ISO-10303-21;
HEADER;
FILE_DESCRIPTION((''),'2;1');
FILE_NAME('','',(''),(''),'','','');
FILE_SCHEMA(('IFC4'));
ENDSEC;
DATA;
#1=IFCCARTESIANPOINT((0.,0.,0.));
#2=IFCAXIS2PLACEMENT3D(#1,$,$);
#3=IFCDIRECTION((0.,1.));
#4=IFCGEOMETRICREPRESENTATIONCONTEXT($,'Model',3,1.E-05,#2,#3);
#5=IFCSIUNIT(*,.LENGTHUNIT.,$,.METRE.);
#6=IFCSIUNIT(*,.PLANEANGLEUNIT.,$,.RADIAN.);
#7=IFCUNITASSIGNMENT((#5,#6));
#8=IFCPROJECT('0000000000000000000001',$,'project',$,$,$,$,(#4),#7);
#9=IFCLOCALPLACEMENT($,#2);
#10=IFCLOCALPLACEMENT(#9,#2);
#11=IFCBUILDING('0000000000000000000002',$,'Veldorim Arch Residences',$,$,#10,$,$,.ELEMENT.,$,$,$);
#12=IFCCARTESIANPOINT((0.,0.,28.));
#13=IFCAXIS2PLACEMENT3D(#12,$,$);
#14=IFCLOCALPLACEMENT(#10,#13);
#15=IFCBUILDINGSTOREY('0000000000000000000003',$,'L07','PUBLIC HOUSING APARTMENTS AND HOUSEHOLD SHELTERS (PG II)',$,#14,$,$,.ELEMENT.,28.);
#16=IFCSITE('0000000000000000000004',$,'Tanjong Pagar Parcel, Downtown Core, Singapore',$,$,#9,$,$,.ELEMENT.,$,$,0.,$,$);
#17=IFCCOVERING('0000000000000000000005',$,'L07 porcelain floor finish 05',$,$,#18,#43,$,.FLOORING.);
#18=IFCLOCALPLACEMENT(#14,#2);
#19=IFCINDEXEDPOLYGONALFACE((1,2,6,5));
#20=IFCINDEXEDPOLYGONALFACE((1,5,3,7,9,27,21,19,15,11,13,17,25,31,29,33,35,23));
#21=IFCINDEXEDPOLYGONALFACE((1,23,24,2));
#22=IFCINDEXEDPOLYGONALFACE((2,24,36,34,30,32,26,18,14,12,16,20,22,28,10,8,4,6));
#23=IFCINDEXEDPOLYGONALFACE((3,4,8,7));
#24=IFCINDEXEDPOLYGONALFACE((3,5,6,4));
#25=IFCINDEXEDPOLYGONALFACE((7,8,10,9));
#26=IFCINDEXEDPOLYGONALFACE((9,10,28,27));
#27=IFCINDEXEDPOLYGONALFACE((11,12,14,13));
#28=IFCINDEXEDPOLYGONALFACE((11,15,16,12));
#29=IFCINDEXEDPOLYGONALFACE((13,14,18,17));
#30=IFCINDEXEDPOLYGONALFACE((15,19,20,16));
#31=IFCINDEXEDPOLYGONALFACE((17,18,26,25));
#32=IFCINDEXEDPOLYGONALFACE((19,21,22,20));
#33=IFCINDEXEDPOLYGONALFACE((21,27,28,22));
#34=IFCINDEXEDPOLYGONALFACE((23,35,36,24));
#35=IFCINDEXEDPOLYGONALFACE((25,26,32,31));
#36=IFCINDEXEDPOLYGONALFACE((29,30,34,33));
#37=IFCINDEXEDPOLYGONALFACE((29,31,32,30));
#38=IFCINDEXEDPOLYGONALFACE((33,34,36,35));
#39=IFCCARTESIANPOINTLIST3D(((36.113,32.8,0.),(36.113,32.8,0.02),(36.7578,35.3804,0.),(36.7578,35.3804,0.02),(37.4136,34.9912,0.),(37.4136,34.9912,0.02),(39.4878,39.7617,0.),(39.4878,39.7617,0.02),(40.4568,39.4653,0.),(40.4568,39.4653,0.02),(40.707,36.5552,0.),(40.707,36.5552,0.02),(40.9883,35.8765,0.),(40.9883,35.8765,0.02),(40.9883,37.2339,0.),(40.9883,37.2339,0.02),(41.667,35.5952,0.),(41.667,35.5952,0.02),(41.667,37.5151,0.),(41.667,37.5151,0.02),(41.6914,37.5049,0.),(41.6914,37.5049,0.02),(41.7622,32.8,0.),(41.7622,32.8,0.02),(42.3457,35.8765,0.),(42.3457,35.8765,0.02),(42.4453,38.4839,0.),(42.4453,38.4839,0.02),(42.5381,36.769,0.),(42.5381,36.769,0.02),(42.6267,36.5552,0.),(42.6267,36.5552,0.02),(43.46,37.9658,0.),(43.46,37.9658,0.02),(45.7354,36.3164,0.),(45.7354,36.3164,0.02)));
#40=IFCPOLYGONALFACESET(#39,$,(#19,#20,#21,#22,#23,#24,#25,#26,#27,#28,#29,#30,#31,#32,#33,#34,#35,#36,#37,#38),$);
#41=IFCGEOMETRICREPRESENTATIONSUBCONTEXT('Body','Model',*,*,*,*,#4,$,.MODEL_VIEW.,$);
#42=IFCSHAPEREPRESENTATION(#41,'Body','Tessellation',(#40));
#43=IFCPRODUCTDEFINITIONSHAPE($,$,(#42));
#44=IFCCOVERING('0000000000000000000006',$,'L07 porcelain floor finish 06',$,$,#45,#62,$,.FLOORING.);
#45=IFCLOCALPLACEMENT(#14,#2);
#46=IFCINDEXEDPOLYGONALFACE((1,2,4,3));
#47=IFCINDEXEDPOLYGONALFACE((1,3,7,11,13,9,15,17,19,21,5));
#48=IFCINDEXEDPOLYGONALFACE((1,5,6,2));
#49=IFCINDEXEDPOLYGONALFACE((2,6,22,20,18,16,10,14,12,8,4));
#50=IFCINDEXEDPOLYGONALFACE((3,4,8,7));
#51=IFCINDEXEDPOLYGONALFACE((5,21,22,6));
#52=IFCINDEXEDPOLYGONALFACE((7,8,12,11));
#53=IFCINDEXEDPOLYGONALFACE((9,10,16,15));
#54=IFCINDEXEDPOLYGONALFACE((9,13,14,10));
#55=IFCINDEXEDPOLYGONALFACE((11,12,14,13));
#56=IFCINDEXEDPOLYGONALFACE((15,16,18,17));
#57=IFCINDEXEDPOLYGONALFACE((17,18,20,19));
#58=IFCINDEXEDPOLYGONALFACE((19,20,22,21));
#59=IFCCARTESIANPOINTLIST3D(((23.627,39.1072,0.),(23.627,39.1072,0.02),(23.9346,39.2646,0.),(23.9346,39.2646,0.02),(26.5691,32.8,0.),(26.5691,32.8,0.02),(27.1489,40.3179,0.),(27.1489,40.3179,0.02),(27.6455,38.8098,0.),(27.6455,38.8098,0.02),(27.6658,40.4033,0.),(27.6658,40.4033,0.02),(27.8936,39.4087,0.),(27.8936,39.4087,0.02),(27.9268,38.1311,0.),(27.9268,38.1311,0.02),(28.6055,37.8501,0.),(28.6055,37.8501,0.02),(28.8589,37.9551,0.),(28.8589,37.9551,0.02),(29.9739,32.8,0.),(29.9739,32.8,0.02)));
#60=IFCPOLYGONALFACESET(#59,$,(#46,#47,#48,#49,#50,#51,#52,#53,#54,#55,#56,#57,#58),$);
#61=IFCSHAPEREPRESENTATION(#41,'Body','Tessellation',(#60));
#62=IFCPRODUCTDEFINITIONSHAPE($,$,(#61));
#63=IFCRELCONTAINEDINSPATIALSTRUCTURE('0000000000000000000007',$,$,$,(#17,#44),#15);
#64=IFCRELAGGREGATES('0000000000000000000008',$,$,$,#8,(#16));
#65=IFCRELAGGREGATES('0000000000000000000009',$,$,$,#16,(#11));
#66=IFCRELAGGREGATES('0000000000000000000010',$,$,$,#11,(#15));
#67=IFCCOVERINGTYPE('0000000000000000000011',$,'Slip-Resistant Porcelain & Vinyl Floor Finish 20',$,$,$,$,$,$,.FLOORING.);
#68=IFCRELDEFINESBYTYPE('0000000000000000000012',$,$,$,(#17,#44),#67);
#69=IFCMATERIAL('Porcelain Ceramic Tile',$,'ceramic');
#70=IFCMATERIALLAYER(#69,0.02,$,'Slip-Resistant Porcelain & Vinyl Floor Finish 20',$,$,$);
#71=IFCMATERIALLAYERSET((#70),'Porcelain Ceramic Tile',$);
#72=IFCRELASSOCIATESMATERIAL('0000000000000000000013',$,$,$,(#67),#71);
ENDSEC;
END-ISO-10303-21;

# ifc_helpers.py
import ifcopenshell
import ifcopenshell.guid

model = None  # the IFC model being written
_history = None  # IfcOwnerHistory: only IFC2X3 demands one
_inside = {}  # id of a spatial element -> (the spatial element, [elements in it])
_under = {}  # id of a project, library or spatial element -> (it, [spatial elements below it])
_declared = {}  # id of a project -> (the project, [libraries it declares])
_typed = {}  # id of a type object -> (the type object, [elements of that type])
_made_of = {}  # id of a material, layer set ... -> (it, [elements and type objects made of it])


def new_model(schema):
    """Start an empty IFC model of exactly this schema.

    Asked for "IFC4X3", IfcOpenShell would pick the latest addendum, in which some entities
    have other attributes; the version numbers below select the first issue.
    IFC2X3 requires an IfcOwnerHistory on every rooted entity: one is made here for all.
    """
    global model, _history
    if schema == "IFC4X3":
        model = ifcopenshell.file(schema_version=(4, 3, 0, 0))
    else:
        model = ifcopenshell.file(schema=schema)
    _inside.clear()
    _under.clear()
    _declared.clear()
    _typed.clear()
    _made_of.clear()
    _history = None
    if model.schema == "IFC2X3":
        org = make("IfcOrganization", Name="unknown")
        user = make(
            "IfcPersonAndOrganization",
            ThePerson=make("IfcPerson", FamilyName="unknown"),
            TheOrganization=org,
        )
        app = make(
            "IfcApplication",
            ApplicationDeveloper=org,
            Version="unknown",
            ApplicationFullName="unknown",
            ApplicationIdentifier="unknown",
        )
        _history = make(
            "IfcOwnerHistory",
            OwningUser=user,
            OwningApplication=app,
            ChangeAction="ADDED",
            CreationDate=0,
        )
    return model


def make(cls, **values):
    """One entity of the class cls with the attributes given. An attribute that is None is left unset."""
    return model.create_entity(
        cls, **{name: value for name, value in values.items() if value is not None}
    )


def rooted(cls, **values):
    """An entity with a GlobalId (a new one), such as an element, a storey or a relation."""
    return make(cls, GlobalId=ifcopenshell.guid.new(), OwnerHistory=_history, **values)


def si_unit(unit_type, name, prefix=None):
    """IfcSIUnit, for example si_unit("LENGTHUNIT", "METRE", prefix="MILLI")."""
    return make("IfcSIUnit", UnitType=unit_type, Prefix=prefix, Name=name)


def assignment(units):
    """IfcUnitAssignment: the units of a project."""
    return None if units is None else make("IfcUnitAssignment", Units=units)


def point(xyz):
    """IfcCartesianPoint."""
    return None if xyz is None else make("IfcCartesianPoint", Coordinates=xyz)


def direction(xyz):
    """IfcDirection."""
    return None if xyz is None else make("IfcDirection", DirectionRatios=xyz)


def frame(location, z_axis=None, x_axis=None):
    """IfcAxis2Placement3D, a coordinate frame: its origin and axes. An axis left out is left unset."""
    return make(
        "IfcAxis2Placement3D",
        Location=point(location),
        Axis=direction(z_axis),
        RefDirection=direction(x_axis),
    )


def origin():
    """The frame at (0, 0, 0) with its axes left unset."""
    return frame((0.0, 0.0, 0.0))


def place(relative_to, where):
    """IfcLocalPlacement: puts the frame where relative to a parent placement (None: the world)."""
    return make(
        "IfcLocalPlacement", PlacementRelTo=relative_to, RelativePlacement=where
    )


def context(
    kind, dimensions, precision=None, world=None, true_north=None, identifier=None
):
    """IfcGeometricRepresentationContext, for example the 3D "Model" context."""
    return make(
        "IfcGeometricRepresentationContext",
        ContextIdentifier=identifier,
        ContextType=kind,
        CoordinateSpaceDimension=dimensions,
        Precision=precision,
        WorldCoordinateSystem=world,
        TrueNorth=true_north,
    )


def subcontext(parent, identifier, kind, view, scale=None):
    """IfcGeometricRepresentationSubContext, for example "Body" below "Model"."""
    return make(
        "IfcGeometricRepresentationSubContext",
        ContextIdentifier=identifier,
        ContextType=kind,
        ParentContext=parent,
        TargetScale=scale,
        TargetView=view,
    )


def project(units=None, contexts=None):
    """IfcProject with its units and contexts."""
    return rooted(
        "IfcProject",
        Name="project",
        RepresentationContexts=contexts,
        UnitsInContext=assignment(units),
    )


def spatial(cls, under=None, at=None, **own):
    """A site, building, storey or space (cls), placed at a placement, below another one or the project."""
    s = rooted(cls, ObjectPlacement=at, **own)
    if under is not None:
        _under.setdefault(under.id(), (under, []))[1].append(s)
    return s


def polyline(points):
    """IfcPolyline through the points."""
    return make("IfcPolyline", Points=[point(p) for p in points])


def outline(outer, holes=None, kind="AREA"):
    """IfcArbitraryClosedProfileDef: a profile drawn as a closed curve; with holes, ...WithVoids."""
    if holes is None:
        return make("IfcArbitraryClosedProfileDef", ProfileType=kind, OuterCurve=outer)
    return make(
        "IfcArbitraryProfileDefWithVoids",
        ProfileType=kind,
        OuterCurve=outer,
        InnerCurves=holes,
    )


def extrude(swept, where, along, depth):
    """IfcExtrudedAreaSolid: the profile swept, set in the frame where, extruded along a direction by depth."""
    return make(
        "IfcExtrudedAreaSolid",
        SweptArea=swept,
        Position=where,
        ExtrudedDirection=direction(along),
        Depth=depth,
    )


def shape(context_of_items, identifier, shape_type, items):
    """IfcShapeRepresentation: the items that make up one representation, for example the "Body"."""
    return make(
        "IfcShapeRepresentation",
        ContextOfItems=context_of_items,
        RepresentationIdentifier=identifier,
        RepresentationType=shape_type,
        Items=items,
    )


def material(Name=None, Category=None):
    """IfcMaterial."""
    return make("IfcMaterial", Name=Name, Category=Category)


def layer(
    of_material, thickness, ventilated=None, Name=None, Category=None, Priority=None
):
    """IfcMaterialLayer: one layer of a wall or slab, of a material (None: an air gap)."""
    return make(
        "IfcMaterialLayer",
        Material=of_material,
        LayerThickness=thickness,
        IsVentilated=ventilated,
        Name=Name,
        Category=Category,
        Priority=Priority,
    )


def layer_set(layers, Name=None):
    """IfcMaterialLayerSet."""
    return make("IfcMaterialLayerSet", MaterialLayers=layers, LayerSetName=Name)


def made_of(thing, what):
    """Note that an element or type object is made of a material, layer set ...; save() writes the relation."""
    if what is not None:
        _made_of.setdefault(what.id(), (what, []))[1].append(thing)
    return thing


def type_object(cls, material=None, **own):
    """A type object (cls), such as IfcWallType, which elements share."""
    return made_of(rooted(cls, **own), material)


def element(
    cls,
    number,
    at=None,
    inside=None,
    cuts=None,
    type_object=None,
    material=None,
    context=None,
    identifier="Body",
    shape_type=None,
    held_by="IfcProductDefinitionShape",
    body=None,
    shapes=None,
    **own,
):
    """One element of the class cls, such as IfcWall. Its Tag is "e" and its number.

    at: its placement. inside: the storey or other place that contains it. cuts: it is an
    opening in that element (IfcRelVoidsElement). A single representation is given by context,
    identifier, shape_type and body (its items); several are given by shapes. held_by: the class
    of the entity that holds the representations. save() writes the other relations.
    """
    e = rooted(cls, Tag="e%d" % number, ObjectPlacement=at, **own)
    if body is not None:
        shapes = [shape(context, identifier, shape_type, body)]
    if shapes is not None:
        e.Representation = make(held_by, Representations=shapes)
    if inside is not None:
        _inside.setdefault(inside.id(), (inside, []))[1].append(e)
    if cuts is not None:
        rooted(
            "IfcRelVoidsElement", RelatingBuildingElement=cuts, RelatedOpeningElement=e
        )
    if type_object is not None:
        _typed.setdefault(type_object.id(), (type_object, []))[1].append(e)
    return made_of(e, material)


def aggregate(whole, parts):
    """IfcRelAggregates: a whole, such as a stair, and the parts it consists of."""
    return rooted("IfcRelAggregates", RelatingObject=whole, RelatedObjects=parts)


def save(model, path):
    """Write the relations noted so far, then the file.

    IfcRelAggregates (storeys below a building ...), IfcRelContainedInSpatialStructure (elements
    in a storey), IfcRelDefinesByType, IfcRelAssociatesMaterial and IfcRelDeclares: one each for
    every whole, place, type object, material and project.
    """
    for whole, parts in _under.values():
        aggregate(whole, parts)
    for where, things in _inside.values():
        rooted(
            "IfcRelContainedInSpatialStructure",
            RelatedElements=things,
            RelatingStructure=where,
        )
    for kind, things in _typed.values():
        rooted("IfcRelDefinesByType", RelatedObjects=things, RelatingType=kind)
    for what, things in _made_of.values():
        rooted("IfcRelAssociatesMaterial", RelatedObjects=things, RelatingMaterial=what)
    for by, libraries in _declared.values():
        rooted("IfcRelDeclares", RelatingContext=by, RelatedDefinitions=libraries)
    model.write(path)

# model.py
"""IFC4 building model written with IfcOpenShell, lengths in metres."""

from ifc_helpers import new_model, si_unit, direction, frame, origin, place, context, subcontext, project, spatial, polyline, outline, extrude, material, layer, layer_set, type_object, element, save


model = new_model("IFC4")

# Units and contexts
model_context = context("Model", 3, precision=1e-05, world=origin(), true_north=direction((0.0, 1.0)))
body_context = subcontext(model_context, "Body", "Model", "MODEL_VIEW")
ifc_project = project(units=[si_unit("LENGTHUNIT", "METRE"), si_unit("PLANEANGLEUNIT", "RADIAN")], contexts=[model_context])

# Site, building, storey
site_placement = place(None, origin())
site = spatial("IfcSite", under=ifc_project, at=site_placement, Name="Tanjong Pagar Parcel, Downtown Core, Singapore", CompositionType="ELEMENT", RefElevation=0.0)
building_placement = place(site_placement, origin())
building = spatial("IfcBuilding", under=site, at=building_placement, Name="Veldorim Arch Residences", CompositionType="ELEMENT")
storey_placement = place(building_placement, frame((0.0, 0.0, 28.0)))
storey = spatial("IfcBuildingStorey", under=building, at=storey_placement, Name="L07", Description="PUBLIC HOUSING APARTMENTS AND HOUSEHOLD SHELTERS (PG II)", CompositionType="ELEMENT", Elevation=28.0)

# Coverings
ifc_material_1 = material(Name="Porcelain Ceramic Tile", Category="ceramic")
ifc_layer_1 = layer(ifc_material_1, 0.02, Name="Slip-Resistant Porcelain & Vinyl Floor Finish 20")
ifc_layer_set_1 = layer_set([ifc_layer_1], Name="Porcelain Ceramic Tile")
covering_type_1 = type_object("IfcCoveringType", Name="Slip-Resistant Porcelain & Vinyl Floor Finish 20", PredefinedType="FLOORING", material=ifc_layer_set_1)
covering_1_placement = place(storey_placement, origin())
element("IfcCovering", 1, at=covering_1_placement, inside=storey, type_object=covering_type_1, Name="L07 porcelain floor finish 05", PredefinedType="FLOORING", context=body_context, shape_type="SweptSolid", body=[
    extrude(outline(polyline([(41.667, 37.5151), (40.9883, 37.2339), (40.707, 36.5552), (40.9883, 35.8765), (41.667, 35.5952), (42.3457, 35.8765), (42.6267, 36.5552), (42.5381, 36.769), (43.46, 37.9658), (45.7354, 36.3164), (41.7622, 32.8), (36.113, 32.8), (37.4136, 34.9912), (36.7578, 35.3804), (39.4878, 39.7617), (40.4568, 39.4653), (42.4453, 38.4839), (41.6914, 37.5049), (41.667, 37.5151)])), origin(), (0.0, 0.0, 1.0), 0.02),
])
covering_2_placement = place(storey_placement, origin())
element("IfcCovering", 2, at=covering_2_placement, inside=storey, type_object=covering_type_1, Name="L07 porcelain floor finish 06", PredefinedType="FLOORING", context=body_context, shape_type="SweptSolid", body=[
    extrude(outline(polyline([(27.6658, 40.4033), (27.8936, 39.4087), (27.6455, 38.8098), (27.9268, 38.1311), (28.6055, 37.8501), (28.8589, 37.9551), (29.9739, 32.8), (26.5691, 32.8), (23.627, 39.1072), (23.9346, 39.2646), (27.1489, 40.3179), (27.6658, 40.4033)])), origin(), (0.0, 0.0, 1.0), 0.02),
])

save(model, "model.ifc")
